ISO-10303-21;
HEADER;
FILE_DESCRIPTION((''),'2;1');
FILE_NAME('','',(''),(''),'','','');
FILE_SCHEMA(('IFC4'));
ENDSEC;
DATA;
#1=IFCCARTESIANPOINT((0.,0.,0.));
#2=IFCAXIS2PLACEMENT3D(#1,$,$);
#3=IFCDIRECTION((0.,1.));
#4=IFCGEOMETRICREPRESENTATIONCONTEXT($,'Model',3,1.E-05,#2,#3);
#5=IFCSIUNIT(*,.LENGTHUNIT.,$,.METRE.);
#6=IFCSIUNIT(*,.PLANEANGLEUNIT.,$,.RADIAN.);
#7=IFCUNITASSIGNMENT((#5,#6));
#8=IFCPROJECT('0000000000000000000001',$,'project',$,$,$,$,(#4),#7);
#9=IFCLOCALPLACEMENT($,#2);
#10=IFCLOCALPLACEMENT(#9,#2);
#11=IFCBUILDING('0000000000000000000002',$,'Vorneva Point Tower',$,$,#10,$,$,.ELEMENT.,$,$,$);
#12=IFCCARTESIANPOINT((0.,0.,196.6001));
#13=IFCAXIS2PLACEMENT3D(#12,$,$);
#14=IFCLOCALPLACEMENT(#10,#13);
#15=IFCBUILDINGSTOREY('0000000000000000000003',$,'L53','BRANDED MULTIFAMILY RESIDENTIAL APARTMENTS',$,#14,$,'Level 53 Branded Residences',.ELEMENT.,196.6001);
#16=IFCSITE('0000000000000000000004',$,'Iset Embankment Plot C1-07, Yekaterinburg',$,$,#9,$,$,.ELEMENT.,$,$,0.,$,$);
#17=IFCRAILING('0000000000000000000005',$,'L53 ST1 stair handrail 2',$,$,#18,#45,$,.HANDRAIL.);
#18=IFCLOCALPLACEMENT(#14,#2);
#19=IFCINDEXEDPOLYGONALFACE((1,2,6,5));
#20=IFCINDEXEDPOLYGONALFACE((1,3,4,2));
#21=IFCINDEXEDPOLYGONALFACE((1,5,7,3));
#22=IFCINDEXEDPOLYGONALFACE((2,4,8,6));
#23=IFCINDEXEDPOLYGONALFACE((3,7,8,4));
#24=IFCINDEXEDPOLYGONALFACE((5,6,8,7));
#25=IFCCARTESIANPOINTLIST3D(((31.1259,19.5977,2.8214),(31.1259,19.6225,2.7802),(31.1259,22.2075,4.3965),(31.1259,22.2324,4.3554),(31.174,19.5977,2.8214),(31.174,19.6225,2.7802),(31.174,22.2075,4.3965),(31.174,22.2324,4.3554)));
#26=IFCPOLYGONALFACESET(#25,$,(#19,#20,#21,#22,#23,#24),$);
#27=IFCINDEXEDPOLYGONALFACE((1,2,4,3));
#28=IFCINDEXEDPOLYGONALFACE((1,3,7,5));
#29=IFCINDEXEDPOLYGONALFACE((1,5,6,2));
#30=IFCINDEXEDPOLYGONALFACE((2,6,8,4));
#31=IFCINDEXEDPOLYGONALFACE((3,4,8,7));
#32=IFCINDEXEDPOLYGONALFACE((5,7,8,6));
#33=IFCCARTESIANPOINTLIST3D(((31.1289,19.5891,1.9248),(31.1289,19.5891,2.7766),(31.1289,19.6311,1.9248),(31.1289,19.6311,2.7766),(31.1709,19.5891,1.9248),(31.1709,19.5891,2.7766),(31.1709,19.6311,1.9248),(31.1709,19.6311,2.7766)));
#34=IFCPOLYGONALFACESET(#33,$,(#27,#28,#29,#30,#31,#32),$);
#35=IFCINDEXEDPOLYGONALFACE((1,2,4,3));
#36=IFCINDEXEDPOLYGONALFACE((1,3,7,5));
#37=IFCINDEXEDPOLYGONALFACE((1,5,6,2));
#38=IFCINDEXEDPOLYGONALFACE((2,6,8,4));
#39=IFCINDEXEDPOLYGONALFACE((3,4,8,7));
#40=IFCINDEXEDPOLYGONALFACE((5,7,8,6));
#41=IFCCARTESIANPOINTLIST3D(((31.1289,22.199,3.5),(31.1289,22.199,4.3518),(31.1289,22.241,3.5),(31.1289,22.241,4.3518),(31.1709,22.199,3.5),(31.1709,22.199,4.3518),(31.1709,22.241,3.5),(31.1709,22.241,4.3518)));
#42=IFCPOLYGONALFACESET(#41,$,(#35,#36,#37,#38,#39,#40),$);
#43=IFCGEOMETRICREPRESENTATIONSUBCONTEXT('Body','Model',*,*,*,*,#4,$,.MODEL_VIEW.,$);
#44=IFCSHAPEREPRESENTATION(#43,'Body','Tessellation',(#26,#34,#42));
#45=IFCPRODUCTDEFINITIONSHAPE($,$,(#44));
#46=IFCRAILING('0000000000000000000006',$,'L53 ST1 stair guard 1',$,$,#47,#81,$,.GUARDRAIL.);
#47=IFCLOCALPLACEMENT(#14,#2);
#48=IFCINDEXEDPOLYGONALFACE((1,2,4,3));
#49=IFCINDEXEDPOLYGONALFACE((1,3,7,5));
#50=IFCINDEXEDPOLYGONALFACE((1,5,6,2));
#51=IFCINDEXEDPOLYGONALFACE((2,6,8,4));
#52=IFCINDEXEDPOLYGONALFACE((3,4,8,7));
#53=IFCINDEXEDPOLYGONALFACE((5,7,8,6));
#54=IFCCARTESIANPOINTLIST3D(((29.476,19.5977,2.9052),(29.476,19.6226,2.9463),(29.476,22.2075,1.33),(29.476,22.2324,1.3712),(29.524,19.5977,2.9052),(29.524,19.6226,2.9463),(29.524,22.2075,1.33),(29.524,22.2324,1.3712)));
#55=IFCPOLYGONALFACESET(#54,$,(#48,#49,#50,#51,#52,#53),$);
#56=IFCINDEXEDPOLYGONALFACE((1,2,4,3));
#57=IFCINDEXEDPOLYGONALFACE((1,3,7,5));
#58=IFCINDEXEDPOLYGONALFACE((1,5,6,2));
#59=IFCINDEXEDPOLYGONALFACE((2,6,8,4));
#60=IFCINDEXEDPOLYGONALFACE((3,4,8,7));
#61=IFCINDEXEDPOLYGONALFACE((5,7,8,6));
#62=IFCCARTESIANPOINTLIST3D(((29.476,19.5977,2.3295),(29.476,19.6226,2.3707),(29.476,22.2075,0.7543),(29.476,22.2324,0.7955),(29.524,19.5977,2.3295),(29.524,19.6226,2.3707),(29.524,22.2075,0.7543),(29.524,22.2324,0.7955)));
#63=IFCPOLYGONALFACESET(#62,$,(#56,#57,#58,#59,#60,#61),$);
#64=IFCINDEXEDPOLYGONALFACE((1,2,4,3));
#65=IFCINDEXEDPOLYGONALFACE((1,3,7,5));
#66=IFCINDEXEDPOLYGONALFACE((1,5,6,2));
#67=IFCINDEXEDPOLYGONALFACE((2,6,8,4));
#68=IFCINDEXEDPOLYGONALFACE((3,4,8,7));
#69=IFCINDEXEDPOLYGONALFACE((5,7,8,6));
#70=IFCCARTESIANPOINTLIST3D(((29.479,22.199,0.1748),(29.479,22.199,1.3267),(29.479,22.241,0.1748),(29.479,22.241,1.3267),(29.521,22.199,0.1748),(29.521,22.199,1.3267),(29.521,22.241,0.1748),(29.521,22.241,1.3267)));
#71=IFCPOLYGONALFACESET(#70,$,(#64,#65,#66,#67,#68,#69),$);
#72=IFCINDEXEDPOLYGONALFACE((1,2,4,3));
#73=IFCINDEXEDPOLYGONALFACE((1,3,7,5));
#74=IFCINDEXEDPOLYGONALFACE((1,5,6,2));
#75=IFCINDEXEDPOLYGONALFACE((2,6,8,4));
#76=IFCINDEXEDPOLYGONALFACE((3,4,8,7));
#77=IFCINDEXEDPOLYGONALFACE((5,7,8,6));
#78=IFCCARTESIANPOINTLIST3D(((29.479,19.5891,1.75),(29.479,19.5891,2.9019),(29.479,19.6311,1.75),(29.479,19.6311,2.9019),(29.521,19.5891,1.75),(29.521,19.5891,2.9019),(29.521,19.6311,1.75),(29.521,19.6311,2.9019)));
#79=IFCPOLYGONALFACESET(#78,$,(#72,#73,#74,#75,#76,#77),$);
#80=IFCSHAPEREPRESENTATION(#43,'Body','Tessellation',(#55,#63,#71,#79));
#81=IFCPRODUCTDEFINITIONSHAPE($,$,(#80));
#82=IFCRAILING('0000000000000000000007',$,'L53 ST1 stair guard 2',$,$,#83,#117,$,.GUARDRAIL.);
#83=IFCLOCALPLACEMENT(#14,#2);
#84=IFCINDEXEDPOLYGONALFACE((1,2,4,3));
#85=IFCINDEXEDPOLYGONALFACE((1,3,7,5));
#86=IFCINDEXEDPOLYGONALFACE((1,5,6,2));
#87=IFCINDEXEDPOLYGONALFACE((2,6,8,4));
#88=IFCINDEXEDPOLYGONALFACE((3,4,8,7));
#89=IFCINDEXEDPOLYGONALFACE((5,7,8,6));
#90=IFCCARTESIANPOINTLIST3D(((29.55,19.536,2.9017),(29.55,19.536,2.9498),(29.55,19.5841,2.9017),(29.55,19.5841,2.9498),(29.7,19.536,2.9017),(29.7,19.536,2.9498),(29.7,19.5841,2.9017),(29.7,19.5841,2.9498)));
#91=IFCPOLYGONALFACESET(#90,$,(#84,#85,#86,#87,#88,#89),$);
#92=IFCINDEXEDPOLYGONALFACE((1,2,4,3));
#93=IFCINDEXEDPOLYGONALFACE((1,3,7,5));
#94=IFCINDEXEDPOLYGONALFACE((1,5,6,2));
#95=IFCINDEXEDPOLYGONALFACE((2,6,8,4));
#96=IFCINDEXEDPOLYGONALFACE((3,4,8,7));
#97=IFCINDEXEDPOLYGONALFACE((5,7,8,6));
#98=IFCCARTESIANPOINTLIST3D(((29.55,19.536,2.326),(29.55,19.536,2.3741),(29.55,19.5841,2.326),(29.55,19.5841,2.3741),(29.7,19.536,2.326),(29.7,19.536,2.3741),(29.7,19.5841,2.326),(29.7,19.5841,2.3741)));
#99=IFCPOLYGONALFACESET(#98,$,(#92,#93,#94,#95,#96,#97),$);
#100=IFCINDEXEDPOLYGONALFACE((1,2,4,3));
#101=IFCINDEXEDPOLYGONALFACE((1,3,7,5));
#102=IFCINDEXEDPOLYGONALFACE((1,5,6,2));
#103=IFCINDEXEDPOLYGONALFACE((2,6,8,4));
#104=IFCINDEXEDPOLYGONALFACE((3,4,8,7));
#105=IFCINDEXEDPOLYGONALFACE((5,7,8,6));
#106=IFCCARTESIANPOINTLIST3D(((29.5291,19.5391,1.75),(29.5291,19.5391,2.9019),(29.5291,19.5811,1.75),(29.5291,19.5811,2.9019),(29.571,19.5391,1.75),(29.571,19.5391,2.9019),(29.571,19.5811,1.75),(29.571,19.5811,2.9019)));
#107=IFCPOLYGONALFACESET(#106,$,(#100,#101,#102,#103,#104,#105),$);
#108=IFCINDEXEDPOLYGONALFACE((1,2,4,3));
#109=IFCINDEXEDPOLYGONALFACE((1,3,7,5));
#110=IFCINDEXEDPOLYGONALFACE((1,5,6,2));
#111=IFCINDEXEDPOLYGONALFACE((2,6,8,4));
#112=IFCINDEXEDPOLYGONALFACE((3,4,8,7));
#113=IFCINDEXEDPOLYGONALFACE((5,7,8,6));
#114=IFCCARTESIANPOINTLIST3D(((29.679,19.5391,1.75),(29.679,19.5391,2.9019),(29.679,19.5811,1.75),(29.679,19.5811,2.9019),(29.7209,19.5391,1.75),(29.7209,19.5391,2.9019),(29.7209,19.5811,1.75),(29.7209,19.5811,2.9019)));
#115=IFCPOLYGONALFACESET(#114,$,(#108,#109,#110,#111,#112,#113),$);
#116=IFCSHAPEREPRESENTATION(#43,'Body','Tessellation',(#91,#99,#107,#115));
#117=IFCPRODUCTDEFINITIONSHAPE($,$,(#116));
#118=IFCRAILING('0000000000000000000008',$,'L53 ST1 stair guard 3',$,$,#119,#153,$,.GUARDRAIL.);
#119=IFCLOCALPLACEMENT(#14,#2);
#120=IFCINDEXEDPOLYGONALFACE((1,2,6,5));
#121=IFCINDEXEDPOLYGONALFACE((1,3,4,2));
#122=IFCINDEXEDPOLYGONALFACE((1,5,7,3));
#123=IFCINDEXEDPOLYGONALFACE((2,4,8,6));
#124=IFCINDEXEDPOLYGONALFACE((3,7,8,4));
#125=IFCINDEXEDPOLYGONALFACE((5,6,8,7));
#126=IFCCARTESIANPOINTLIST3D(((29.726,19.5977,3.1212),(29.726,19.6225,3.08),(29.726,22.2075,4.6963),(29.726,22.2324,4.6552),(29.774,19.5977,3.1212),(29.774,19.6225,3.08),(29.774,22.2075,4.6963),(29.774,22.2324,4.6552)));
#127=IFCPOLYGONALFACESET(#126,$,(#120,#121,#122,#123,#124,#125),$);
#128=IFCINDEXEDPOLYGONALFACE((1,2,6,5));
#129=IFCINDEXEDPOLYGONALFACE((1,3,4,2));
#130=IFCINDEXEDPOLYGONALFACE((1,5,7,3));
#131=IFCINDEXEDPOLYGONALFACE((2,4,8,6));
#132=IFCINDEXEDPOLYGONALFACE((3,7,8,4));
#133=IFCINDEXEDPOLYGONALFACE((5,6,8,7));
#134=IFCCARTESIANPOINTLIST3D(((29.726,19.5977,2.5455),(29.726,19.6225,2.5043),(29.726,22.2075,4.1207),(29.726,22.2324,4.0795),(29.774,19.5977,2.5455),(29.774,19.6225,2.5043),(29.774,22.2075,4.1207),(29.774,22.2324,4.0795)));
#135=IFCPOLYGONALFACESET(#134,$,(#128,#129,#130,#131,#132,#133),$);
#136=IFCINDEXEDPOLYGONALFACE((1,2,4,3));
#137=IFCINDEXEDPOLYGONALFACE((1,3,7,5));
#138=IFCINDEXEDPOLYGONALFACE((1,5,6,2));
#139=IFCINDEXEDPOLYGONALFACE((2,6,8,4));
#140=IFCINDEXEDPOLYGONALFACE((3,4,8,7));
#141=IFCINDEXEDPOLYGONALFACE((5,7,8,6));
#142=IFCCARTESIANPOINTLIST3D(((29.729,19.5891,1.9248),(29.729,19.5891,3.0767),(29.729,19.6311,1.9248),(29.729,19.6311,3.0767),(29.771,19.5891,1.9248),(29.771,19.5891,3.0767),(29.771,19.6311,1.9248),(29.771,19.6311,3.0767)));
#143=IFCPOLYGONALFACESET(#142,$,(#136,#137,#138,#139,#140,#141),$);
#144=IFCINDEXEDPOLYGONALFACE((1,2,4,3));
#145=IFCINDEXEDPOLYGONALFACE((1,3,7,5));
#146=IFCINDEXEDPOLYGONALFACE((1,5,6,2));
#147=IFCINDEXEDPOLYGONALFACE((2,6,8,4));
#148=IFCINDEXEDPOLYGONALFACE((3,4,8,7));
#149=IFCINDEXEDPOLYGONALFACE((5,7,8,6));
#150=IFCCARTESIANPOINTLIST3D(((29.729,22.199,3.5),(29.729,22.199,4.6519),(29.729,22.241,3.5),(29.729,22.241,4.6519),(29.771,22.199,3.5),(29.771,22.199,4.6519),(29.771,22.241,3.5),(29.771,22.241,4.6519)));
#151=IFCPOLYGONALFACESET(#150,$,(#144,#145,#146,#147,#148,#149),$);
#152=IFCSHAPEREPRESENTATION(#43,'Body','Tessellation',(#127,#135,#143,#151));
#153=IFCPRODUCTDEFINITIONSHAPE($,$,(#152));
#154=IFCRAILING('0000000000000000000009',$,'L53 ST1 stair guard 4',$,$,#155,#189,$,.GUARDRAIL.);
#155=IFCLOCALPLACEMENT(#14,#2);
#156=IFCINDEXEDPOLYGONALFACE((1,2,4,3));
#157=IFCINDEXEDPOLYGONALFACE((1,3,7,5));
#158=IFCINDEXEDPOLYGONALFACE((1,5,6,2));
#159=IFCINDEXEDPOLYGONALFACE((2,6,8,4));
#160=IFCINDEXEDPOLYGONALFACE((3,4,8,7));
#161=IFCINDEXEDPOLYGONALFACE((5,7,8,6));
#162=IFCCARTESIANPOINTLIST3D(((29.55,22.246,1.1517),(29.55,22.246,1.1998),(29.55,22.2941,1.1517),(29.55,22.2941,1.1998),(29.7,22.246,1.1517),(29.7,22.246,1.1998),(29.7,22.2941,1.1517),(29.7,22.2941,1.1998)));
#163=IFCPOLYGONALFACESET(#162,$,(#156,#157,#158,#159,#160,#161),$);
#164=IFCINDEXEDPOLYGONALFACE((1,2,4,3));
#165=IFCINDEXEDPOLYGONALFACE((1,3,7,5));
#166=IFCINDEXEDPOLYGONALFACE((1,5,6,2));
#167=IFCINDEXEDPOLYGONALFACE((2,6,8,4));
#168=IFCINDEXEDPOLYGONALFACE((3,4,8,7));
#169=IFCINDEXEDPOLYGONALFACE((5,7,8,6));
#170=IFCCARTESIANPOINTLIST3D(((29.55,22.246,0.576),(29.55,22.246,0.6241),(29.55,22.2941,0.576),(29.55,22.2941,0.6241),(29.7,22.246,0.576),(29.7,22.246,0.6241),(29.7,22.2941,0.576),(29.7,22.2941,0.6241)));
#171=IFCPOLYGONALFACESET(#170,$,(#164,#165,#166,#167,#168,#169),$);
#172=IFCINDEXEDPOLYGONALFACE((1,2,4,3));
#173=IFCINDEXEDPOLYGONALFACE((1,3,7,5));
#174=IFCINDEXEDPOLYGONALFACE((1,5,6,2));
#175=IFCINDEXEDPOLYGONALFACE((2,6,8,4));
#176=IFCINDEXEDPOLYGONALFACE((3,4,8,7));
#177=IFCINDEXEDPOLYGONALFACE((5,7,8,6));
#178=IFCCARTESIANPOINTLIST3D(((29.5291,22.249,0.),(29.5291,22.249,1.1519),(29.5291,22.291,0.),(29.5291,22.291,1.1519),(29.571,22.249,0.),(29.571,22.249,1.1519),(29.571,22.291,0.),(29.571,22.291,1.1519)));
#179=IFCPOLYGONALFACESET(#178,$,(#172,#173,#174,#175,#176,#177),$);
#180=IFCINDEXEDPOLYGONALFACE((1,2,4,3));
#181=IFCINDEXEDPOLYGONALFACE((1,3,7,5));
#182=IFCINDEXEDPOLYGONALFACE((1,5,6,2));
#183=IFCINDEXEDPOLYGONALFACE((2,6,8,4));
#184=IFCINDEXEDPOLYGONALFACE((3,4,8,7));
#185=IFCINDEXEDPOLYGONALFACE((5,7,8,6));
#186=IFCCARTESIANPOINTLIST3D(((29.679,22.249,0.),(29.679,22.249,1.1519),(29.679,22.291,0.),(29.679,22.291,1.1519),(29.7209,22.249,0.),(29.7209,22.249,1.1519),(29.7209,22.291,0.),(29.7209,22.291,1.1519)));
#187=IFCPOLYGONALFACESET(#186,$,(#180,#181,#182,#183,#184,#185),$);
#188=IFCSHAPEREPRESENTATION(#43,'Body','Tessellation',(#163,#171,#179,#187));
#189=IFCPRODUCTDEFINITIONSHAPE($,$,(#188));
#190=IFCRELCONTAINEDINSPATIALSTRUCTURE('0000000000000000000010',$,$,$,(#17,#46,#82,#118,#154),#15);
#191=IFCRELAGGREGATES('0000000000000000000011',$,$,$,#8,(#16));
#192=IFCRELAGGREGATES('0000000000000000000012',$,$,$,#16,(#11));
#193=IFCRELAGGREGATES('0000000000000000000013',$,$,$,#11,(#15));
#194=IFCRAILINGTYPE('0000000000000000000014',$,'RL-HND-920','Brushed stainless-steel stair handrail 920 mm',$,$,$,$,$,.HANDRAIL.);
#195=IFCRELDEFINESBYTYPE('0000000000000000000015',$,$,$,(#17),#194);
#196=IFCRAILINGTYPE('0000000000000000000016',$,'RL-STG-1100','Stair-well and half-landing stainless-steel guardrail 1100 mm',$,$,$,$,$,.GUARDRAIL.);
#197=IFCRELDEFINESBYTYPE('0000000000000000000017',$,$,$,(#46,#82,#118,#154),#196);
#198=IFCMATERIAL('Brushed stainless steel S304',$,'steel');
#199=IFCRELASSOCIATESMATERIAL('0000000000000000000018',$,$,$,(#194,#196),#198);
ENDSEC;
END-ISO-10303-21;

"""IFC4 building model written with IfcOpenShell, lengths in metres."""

from ifc_helpers import new_model, si_unit, direction, frame, origin, origin_2d, place, context, subcontext, project, spatial, rectangle, extrude, material, type_object, element, save


model = new_model("IFC4")

# Units and contexts
model_context = context("Model", 3, precision=1e-05, world=origin(), true_north=direction((0.0, 1.0)))
body_context = subcontext(model_context, "Body", "Model", "MODEL_VIEW")
ifc_project = project(units=[si_unit("LENGTHUNIT", "METRE"), si_unit("PLANEANGLEUNIT", "RADIAN")], contexts=[model_context])

# Site, building, storey
site_placement = place(None, origin())
site = spatial("IfcSite", under=ifc_project, at=site_placement, Name="Iset Embankment Plot C1-07, Yekaterinburg", CompositionType="ELEMENT", RefElevation=0.0)
building_placement = place(site_placement, origin())
building = spatial("IfcBuilding", under=site, at=building_placement, Name="Vorneva Point Tower", CompositionType="ELEMENT")
storey_placement = place(building_placement, frame((0.0, 0.0, 196.6001)))
storey = spatial("IfcBuildingStorey", under=building, at=storey_placement, Name="L53", Description="BRANDED MULTIFAMILY RESIDENTIAL APARTMENTS", LongName="Level 53 Branded Residences", CompositionType="ELEMENT", Elevation=196.6001)

# Shared definitions
ifc_material_1 = material(Name="Brushed stainless steel S304", Category="steel")

# Railings
railing_type_1 = type_object("IfcRailingType", Name="RL-HND-920", Description="Brushed stainless-steel stair handrail 920 mm", PredefinedType="HANDRAIL", material=ifc_material_1)
railing_1_placement = place(storey_placement, frame((31.1499, 19.6101, 1.9248)))
element("IfcRailing", 1, at=railing_1_placement, inside=storey, type_object=railing_type_1, Name="L53 ST1 stair handrail 2", PredefinedType="HANDRAIL", context=body_context, shape_type="SweptSolid", body=[
    extrude(rectangle(XDim=0.0481, YDim=0.0481, at=origin_2d()), frame((0.0, 0.0, 0.876), z_axis=(0.0, 0.856147, 0.516732), x_axis=(-1.0, 0.0, 0.0)), (0.0, 0.0, 1.0), 3.0483),
    extrude(rectangle(XDim=0.042, YDim=0.042, at=origin_2d()), origin(), (0.0, 0.0, 1.0), 0.8518),
    extrude(rectangle(XDim=0.042, YDim=0.042, at=origin_2d()), frame((0.0, 2.6099, 1.5752)), (0.0, 0.0, 1.0), 0.8518),
])
railing_type_2 = type_object("IfcRailingType", Name="RL-STG-1100", Description="Stair-well and half-landing stainless-steel guardrail 1100 mm", PredefinedType="GUARDRAIL", material=ifc_material_1)
railing_2_placement = place(storey_placement, frame((29.5, 22.22, 0.1748)))
element("IfcRailing", 2, at=railing_2_placement, inside=storey, type_object=railing_type_2, Name="L53 ST1 stair guard 1", PredefinedType="GUARDRAIL", context=body_context, shape_type="SweptSolid", body=[
    extrude(rectangle(XDim=0.0481, YDim=0.0481, at=origin_2d()), frame((0.0, 0.0, 1.1758), z_axis=(0.0, -0.856147, 0.516732), x_axis=(1.0, 0.0, 0.0)), (0.0, 0.0, 1.0), 3.0483),
    extrude(rectangle(XDim=0.0481, YDim=0.0481, at=origin_2d()), frame((0.0, 0.0, 0.6001), z_axis=(0.0, -0.856147, 0.516732), x_axis=(1.0, 0.0, 0.0)), (0.0, 0.0, 1.0), 3.0483),
    extrude(rectangle(XDim=0.042, YDim=0.042, at=origin_2d()), origin(), (0.0, 0.0, 1.0), 1.1519),
    extrude(rectangle(XDim=0.042, YDim=0.042, at=origin_2d()), frame((0.0, -2.6099, 1.5752)), (0.0, 0.0, 1.0), 1.1519),
])
railing_3_placement = place(storey_placement, frame((29.55, 19.5601, 1.75)))
element("IfcRailing", 3, at=railing_3_placement, inside=storey, type_object=railing_type_2, Name="L53 ST1 stair guard 2", PredefinedType="GUARDRAIL", context=body_context, shape_type="SweptSolid", body=[
    extrude(rectangle(XDim=0.0481, YDim=0.0481, at=origin_2d()), frame((0.0, 0.0, 1.1758), z_axis=(1.0, 0.0, 0.0), x_axis=(0.0, 1.0, 0.0)), (0.0, 0.0, 1.0), 0.1499),
    extrude(rectangle(XDim=0.0481, YDim=0.0481, at=origin_2d()), frame((0.0, 0.0, 0.6001), z_axis=(1.0, 0.0, 0.0), x_axis=(0.0, 1.0, 0.0)), (0.0, 0.0, 1.0), 0.1499),
    extrude(rectangle(XDim=0.042, YDim=0.042, at=origin_2d()), origin(), (0.0, 0.0, 1.0), 1.1519),
    extrude(rectangle(XDim=0.042, YDim=0.042, at=origin_2d()), frame((0.1499, 0.0, 0.0)), (0.0, 0.0, 1.0), 1.1519),
])
railing_4_placement = place(storey_placement, frame((29.75, 19.6101, 1.9248)))
element("IfcRailing", 4, at=railing_4_placement, inside=storey, type_object=railing_type_2, Name="L53 ST1 stair guard 3", PredefinedType="GUARDRAIL", context=body_context, shape_type="SweptSolid", body=[
    extrude(rectangle(XDim=0.0481, YDim=0.0481, at=origin_2d()), frame((0.0, 0.0, 1.1758), z_axis=(0.0, 0.856147, 0.516732), x_axis=(-1.0, 0.0, 0.0)), (0.0, 0.0, 1.0), 3.0483),
    extrude(rectangle(XDim=0.0481, YDim=0.0481, at=origin_2d()), frame((0.0, 0.0, 0.6001), z_axis=(0.0, 0.856147, 0.516732), x_axis=(-1.0, 0.0, 0.0)), (0.0, 0.0, 1.0), 3.0483),
    extrude(rectangle(XDim=0.042, YDim=0.042, at=origin_2d()), origin(), (0.0, 0.0, 1.0), 1.1519),
    extrude(rectangle(XDim=0.042, YDim=0.042, at=origin_2d()), frame((0.0, 2.6099, 1.5752)), (0.0, 0.0, 1.0), 1.1519),
])
railing_5_placement = place(storey_placement, frame((29.55, 22.27, 0.0)))
element("IfcRailing", 5, at=railing_5_placement, inside=storey, type_object=railing_type_2, Name="L53 ST1 stair guard 4", PredefinedType="GUARDRAIL", context=body_context, shape_type="SweptSolid", body=[
    extrude(rectangle(XDim=0.0481, YDim=0.0481, at=origin_2d()), frame((0.0, 0.0, 1.1758), z_axis=(1.0, 0.0, 0.0), x_axis=(0.0, 1.0, 0.0)), (0.0, 0.0, 1.0), 0.1499),
    extrude(rectangle(XDim=0.0481, YDim=0.0481, at=origin_2d()), frame((0.0, 0.0, 0.6001), z_axis=(1.0, 0.0, 0.0), x_axis=(0.0, 1.0, 0.0)), (0.0, 0.0, 1.0), 0.1499),
    extrude(rectangle(XDim=0.042, YDim=0.042, at=origin_2d()), origin(), (0.0, 0.0, 1.0), 1.1519),
    extrude(rectangle(XDim=0.042, YDim=0.042, at=origin_2d()), frame((0.1499, 0.0, 0.0)), (0.0, 0.0, 1.0), 1.1519),
])

save(model, "model.ifc")
